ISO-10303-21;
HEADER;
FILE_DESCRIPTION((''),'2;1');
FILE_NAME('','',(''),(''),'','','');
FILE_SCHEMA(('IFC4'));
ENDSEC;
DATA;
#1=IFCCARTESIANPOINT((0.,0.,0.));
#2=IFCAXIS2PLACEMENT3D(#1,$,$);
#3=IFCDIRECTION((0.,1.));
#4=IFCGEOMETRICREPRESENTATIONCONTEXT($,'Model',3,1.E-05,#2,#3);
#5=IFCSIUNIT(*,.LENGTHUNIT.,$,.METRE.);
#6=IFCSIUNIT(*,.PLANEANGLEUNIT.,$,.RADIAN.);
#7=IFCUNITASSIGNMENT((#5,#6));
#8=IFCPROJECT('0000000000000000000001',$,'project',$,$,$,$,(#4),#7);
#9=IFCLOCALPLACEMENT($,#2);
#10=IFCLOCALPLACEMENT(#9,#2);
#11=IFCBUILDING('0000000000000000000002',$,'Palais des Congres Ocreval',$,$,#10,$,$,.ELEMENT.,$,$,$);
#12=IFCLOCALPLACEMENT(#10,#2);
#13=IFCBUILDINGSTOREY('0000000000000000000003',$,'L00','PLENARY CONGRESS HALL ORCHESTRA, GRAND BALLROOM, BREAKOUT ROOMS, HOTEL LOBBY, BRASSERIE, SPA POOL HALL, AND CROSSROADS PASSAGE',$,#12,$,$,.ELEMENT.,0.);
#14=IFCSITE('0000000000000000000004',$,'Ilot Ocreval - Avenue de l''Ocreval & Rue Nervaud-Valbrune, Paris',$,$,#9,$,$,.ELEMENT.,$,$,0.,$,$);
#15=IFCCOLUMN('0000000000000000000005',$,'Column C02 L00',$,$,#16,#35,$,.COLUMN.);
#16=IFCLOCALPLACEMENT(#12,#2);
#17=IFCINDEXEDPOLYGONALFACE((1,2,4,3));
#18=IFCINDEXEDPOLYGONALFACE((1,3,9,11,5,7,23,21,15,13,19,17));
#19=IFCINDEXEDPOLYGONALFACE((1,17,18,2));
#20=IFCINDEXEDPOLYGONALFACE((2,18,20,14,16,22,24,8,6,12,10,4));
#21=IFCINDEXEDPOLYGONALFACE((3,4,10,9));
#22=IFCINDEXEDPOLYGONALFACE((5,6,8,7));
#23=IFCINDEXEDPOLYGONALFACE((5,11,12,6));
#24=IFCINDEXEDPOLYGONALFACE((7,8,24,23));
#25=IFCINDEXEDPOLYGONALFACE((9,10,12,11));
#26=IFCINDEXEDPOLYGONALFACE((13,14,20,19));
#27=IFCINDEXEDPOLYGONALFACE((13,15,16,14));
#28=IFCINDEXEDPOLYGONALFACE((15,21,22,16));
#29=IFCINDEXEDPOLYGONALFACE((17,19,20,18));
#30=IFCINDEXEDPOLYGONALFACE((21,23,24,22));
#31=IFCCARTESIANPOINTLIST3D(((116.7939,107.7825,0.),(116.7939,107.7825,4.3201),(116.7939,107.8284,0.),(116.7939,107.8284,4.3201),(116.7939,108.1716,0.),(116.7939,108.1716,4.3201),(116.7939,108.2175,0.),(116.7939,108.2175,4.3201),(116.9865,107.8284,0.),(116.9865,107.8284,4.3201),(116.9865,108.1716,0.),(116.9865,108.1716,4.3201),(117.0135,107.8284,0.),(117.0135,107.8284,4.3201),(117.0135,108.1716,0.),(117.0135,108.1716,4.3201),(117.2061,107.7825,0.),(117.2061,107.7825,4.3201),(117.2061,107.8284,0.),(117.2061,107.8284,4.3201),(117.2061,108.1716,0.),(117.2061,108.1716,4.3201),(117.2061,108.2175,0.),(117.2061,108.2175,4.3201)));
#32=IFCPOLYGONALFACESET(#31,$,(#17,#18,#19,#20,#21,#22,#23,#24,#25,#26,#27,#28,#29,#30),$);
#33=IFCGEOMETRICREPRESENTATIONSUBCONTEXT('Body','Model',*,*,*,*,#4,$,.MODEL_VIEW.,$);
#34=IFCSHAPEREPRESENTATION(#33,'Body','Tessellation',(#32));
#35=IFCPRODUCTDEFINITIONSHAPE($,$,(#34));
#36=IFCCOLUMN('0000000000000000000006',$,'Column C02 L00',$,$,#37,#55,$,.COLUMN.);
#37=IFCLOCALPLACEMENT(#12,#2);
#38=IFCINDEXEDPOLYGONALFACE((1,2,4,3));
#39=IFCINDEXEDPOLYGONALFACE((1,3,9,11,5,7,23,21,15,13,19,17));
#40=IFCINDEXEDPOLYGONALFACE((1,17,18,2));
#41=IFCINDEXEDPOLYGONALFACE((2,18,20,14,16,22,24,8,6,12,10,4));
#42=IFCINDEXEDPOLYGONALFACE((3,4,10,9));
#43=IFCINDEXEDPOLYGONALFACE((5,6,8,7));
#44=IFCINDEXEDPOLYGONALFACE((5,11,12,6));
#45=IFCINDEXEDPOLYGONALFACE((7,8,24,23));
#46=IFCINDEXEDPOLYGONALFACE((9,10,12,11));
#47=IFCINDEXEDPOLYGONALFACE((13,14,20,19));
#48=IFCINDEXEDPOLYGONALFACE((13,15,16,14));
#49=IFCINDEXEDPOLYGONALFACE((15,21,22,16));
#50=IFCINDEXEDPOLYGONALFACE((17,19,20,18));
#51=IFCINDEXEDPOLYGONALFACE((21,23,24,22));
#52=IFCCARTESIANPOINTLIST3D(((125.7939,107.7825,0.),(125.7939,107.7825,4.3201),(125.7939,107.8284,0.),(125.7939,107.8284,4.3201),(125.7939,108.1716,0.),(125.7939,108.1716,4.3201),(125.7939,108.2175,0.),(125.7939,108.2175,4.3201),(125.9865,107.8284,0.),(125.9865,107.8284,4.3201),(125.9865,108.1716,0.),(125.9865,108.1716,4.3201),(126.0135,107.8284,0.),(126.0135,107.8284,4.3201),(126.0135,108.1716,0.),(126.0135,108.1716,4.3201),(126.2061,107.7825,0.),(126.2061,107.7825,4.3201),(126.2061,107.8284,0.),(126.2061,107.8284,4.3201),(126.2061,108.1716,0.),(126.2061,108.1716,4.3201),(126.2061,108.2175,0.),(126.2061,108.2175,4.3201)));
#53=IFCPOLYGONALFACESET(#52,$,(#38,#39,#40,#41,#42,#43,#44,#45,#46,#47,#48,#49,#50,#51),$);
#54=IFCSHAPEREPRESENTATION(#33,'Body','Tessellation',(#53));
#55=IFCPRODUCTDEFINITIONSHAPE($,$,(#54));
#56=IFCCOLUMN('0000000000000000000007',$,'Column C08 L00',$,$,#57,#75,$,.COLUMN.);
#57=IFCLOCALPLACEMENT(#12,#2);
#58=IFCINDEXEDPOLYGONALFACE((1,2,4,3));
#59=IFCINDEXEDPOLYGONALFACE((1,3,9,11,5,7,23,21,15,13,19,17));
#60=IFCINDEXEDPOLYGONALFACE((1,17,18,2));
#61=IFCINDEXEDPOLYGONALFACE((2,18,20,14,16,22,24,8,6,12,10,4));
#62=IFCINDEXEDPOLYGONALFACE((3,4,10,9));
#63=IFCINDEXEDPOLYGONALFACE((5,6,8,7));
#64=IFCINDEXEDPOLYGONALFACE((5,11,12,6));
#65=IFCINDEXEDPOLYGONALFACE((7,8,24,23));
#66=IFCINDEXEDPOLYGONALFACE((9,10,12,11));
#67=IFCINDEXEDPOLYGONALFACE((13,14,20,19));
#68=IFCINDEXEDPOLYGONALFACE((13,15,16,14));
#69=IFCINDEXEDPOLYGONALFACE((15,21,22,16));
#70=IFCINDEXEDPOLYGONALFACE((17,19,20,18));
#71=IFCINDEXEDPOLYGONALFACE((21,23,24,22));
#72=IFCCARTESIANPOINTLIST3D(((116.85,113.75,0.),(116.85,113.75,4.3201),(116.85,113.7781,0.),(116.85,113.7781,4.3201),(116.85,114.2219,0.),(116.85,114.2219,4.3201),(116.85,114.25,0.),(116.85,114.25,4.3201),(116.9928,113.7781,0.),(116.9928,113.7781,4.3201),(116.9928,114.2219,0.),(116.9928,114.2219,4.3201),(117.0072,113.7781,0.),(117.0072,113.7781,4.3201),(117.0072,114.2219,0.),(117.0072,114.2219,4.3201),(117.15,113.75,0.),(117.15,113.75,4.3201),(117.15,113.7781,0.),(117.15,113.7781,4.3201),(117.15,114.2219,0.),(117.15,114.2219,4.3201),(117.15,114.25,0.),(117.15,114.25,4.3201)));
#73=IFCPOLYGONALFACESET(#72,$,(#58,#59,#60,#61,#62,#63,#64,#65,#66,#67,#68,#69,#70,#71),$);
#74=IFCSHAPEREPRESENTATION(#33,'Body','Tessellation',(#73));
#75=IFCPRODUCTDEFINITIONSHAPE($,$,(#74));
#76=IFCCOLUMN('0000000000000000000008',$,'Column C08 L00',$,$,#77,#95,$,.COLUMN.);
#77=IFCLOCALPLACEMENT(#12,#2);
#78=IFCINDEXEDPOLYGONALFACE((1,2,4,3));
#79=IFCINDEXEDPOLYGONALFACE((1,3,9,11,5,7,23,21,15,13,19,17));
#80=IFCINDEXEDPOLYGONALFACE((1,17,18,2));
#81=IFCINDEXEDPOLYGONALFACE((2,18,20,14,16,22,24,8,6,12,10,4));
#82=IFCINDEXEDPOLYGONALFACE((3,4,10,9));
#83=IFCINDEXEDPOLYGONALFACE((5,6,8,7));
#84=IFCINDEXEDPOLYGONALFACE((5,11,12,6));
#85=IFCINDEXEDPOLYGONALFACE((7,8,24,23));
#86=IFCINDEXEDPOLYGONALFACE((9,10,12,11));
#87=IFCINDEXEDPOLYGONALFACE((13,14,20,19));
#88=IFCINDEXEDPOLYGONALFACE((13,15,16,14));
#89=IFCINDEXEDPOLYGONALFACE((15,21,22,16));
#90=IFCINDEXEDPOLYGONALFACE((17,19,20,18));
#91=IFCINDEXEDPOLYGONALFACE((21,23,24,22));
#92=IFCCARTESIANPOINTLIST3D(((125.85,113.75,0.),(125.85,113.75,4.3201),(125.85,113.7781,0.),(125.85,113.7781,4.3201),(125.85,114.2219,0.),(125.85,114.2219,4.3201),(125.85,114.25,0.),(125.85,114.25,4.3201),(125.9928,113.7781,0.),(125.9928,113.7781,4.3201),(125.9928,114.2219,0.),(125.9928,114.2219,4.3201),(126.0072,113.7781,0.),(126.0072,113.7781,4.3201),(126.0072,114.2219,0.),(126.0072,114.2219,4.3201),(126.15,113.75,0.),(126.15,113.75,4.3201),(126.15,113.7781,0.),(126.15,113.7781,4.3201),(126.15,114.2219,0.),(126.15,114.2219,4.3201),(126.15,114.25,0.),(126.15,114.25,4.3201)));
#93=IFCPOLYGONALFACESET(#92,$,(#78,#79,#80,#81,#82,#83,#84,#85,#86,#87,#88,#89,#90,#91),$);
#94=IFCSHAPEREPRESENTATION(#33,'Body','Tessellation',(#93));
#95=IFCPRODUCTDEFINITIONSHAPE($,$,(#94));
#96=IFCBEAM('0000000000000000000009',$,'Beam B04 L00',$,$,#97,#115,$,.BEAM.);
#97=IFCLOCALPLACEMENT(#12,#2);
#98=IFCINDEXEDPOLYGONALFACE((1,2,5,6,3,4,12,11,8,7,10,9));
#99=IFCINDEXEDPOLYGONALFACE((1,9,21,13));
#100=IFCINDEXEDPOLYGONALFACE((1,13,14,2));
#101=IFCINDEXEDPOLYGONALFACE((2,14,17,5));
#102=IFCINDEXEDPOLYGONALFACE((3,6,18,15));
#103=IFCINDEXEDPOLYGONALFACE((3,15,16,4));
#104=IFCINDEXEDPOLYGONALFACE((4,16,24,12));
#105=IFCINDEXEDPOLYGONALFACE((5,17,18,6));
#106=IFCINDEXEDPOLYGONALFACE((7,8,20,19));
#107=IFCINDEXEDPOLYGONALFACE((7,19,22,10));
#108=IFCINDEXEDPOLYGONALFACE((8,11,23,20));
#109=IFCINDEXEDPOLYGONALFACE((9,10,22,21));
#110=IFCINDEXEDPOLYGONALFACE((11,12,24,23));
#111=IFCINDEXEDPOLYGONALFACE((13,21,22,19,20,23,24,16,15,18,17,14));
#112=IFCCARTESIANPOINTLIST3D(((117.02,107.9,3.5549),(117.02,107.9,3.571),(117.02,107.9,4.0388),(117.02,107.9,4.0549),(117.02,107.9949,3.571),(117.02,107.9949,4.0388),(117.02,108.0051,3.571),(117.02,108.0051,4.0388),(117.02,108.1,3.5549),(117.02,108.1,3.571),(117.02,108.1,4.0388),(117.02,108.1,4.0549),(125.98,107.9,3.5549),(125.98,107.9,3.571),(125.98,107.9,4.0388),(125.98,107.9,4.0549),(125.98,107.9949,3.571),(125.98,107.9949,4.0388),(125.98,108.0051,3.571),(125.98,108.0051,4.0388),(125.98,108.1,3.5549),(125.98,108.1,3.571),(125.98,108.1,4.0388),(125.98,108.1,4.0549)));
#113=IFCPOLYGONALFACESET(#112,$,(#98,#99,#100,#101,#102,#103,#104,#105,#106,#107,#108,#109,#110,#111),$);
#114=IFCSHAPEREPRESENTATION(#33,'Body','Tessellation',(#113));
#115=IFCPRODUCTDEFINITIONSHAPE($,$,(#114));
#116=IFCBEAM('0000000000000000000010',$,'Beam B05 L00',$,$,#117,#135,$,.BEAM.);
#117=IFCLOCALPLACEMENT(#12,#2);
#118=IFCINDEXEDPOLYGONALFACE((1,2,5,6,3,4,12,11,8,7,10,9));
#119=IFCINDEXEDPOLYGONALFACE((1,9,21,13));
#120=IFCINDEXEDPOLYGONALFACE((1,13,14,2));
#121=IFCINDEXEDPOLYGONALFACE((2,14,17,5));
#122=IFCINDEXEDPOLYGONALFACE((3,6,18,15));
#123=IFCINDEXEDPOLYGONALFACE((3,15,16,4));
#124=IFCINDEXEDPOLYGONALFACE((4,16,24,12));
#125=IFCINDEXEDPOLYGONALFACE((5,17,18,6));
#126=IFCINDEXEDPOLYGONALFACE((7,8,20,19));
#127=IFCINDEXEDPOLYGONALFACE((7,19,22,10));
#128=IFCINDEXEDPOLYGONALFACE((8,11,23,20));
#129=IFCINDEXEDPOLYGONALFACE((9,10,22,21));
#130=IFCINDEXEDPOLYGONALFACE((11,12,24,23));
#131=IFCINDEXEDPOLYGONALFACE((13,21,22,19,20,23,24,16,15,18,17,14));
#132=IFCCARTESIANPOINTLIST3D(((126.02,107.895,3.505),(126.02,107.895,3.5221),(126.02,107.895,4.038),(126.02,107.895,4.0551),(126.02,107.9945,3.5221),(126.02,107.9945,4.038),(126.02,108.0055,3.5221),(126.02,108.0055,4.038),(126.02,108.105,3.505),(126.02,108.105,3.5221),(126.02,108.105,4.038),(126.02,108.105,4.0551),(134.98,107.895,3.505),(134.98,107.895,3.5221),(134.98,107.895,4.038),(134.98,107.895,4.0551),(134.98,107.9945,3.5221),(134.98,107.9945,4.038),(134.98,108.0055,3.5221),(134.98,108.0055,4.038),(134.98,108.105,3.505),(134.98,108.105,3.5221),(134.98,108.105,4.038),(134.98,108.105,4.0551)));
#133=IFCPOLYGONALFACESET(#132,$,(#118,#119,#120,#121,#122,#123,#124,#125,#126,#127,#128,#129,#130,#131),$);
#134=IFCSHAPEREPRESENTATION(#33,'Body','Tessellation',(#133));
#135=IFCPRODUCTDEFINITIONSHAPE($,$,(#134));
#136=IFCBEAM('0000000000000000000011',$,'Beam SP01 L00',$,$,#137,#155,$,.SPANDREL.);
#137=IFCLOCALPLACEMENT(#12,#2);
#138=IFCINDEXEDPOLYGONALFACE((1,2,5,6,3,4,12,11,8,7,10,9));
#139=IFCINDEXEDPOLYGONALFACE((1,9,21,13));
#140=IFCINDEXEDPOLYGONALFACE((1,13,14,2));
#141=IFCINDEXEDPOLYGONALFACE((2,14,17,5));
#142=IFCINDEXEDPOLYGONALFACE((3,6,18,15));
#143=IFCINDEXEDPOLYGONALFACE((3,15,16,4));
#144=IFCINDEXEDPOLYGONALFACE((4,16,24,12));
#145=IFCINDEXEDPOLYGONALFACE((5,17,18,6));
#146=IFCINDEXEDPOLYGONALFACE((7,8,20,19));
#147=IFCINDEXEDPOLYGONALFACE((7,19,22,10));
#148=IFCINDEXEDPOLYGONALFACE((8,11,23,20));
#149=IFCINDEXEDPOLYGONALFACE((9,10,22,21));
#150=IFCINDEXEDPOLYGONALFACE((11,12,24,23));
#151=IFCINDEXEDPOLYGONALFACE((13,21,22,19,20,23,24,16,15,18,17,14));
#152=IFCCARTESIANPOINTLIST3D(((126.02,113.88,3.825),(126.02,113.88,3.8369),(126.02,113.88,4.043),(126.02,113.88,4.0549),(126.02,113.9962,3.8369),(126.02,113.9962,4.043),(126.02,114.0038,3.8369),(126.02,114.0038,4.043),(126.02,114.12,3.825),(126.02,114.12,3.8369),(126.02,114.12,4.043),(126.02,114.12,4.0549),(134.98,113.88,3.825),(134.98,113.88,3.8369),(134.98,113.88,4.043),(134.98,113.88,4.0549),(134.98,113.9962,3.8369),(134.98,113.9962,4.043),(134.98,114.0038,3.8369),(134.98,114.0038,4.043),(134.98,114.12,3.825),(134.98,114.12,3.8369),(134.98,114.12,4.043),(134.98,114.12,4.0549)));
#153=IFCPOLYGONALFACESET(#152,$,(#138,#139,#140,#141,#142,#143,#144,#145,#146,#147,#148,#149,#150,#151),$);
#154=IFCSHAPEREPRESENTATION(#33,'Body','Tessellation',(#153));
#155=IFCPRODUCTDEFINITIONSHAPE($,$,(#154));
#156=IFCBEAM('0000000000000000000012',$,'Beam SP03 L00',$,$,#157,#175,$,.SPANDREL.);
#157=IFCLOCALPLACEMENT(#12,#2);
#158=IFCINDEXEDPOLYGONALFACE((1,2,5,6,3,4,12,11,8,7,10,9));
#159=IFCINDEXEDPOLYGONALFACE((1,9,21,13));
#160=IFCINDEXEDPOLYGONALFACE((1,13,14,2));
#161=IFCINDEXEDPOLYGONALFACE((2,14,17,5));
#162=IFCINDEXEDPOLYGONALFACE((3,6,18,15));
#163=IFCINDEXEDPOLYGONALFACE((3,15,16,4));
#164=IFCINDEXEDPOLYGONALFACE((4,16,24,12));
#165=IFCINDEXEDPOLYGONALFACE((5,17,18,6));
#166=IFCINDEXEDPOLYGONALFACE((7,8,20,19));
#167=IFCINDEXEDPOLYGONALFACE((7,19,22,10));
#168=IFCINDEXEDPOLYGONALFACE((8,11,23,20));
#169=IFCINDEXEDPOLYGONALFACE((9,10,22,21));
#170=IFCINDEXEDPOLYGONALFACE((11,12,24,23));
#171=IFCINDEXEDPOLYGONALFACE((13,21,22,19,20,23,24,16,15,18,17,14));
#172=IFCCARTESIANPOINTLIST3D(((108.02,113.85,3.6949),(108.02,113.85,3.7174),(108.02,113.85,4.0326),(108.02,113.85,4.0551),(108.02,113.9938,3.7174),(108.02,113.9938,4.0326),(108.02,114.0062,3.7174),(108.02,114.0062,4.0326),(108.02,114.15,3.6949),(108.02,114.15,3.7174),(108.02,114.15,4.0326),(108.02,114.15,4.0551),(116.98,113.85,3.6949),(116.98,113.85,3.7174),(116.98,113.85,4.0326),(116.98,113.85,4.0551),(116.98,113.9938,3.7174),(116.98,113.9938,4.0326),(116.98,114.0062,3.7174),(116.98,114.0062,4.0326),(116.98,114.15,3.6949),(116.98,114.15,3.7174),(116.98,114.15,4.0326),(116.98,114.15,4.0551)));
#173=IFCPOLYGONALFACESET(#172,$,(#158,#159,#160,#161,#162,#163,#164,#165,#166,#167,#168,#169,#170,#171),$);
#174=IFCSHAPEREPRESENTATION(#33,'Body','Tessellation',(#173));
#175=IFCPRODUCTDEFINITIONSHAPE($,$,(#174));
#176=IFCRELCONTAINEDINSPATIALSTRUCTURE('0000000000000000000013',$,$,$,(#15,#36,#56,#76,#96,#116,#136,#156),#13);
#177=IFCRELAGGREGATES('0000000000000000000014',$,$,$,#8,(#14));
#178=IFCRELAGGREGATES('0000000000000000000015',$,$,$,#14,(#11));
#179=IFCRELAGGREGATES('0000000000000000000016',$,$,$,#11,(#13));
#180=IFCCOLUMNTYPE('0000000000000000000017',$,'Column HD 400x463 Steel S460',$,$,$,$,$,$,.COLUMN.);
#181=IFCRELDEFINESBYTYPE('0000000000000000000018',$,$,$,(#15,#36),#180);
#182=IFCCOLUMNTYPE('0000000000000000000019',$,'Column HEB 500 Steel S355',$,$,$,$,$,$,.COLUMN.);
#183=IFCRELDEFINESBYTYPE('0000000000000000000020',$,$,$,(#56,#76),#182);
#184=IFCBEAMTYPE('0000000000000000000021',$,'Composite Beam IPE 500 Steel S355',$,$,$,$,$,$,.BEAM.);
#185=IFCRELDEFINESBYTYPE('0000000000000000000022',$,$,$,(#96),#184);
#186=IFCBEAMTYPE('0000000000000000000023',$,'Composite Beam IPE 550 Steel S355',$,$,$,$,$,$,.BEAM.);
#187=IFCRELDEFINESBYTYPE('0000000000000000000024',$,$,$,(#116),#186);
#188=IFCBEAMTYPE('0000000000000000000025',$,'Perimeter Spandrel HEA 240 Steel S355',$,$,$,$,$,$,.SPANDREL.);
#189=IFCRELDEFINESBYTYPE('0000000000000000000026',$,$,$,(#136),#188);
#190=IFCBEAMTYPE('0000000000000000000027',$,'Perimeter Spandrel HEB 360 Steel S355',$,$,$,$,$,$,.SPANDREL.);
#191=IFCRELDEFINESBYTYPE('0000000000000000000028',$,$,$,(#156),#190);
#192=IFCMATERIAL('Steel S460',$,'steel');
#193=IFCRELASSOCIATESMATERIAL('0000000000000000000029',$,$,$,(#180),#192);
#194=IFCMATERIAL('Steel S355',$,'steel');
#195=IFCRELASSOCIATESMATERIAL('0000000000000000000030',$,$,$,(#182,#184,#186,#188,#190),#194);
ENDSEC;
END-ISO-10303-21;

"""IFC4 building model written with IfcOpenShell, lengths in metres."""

from ifc_helpers import new_model, si_unit, direction, frame, origin, origin_2d, place, context, subcontext, project, spatial, i_section, extrude, material, material_profile, profile_set, type_object, element, save


model = new_model("IFC4")

# Units and contexts
model_context = context("Model", 3, precision=1e-05, world=origin(), true_north=direction((0.0, 1.0)))
body_context = subcontext(model_context, "Body", "Model", "MODEL_VIEW")
ifc_project = project(units=[si_unit("LENGTHUNIT", "METRE"), si_unit("PLANEANGLEUNIT", "RADIAN")], contexts=[model_context])

# Site, building, storey
site_placement = place(None, origin())
site = spatial("IfcSite", under=ifc_project, at=site_placement, Name="Ilot Ocreval - Avenue de l'Ocreval & Rue Nervaud-Valbrune, Paris", CompositionType="ELEMENT", RefElevation=0.0)
building_placement = place(site_placement, origin())
building = spatial("IfcBuilding", under=site, at=building_placement, Name="Palais des Congres Ocreval", CompositionType="ELEMENT")
storey_placement = place(building_placement, origin())
storey = spatial("IfcBuildingStorey", under=building, at=storey_placement, Name="L00", Description="PLENARY CONGRESS HALL ORCHESTRA, GRAND BALLROOM, BREAKOUT ROOMS, HOTEL LOBBY, BRASSERIE, SPA POOL HALL, AND CROSSROADS PASSAGE", CompositionType="ELEMENT", Elevation=0.0)

# Columns
ifc_material_1 = material(Name="Steel S460", Category="steel")
ifc_material_profile_1 = material_profile(ifc_material_1, i_section(OverallWidth=0.4121, OverallDepth=0.4351, WebThickness=0.0271, FlangeThickness=0.0459, at=origin_2d()), Name="HD 400x463")
ifc_profile_set_1 = profile_set([ifc_material_profile_1], Name="Steel S460")
column_type_1 = type_object("IfcColumnType", Name="Column HD 400x463 Steel S460", PredefinedType="COLUMN", material=ifc_profile_set_1)
for number, where, z_axis, x_axis, name in (
    (1, (117.0, 108.0, 0.0), (0.0, 0.0, 1.0), (1.0, 0.0, 0.0), "Column C02 L00"),
    (2, (126.0, 108.0, 0.0), (0.0, 0.0, 1.0), (1.0, 0.0, 0.0), "Column C02 L00"),
):
    element("IfcColumn", number, at=place(storey_placement, frame(where, z_axis=z_axis, x_axis=x_axis)), inside=storey, type_object=column_type_1, Name=name, PredefinedType="COLUMN", context=body_context, shape_type="SweptSolid", body=[
        extrude(i_section(OverallWidth=0.4121, OverallDepth=0.4351, WebThickness=0.0271, FlangeThickness=0.0459, at=origin_2d()), origin(), (0.0, 0.0, 1.0), 4.3201),
    ])
ifc_material_2 = material(Name="Steel S355", Category="steel")
ifc_material_profile_2 = material_profile(ifc_material_2, i_section(OverallWidth=0.3, OverallDepth=0.5, WebThickness=0.0144, FlangeThickness=0.0281, at=origin_2d()), Name="HEB 500")
ifc_profile_set_2 = profile_set([ifc_material_profile_2], Name="Steel S355")
column_type_2 = type_object("IfcColumnType", Name="Column HEB 500 Steel S355", PredefinedType="COLUMN", material=ifc_profile_set_2)
for number, where, z_axis, x_axis, name in (
    (3, (117.0, 114.0, 0.0), (0.0, 0.0, 1.0), (1.0, 0.0, 0.0), "Column C08 L00"),
    (4, (126.0, 114.0, 0.0), (0.0, 0.0, 1.0), (1.0, 0.0, 0.0), "Column C08 L00"),
):
    element("IfcColumn", number, at=place(storey_placement, frame(where, z_axis=z_axis, x_axis=x_axis)), inside=storey, type_object=column_type_2, Name=name, PredefinedType="COLUMN", context=body_context, shape_type="SweptSolid", body=[
        extrude(i_section(OverallWidth=0.3, OverallDepth=0.5, WebThickness=0.0144, FlangeThickness=0.0281, at=origin_2d()), origin(), (0.0, 0.0, 1.0), 4.3201),
    ])

# Beams
ifc_material_profile_3 = material_profile(ifc_material_2, i_section(OverallWidth=0.2, OverallDepth=0.5, WebThickness=0.0103, FlangeThickness=0.0161, at=origin_2d()), Name="IPE 500")
ifc_profile_set_3 = profile_set([ifc_material_profile_3], Name="Steel S355")
beam_type_1 = type_object("IfcBeamType", Name="Composite Beam IPE 500 Steel S355", PredefinedType="BEAM", material=ifc_profile_set_3)
beam_1_placement = place(storey_placement, frame((117.02, 108.0, 3.8049), z_axis=(1.0, 0.0, 0.0), x_axis=(0.0, 1.0, 0.0)))
element("IfcBeam", 5, at=beam_1_placement, inside=storey, type_object=beam_type_1, Name="Beam B04 L00", PredefinedType="BEAM", context=body_context, shape_type="SweptSolid", body=[
    extrude(i_section(OverallWidth=0.2, OverallDepth=0.5, WebThickness=0.0103, FlangeThickness=0.0161, at=origin_2d()), origin(), (0.0, 0.0, 1.0), 8.96),
])
ifc_material_profile_4 = material_profile(ifc_material_2, i_section(OverallWidth=0.21, OverallDepth=0.55, WebThickness=0.011, FlangeThickness=0.0171, at=origin_2d()), Name="IPE 550")
ifc_profile_set_4 = profile_set([ifc_material_profile_4], Name="Steel S355")
beam_type_2 = type_object("IfcBeamType", Name="Composite Beam IPE 550 Steel S355", PredefinedType="BEAM", material=ifc_profile_set_4)
beam_2_placement = place(storey_placement, frame((126.02, 108.0, 3.78), z_axis=(1.0, 0.0, 0.0), x_axis=(0.0, 1.0, 0.0)))
element("IfcBeam", 6, at=beam_2_placement, inside=storey, type_object=beam_type_2, Name="Beam B05 L00", PredefinedType="BEAM", context=body_context, shape_type="SweptSolid", body=[
    extrude(i_section(OverallWidth=0.21, OverallDepth=0.55, WebThickness=0.011, FlangeThickness=0.0171, at=origin_2d()), origin(), (0.0, 0.0, 1.0), 8.96),
])
ifc_material_profile_5 = material_profile(ifc_material_2, i_section(OverallWidth=0.24, OverallDepth=0.23, WebThickness=0.0076, FlangeThickness=0.012, at=origin_2d()), Name="HEA 240")
ifc_profile_set_5 = profile_set([ifc_material_profile_5], Name="Steel S355")
beam_type_3 = type_object("IfcBeamType", Name="Perimeter Spandrel HEA 240 Steel S355", PredefinedType="SPANDREL", material=ifc_profile_set_5)
beam_3_placement = place(storey_placement, frame((126.02, 114.0, 3.9399), z_axis=(1.0, 0.0, 0.0), x_axis=(0.0, 1.0, 0.0)))
element("IfcBeam", 7, at=beam_3_placement, inside=storey, type_object=beam_type_3, Name="Beam SP01 L00", PredefinedType="SPANDREL", context=body_context, shape_type="SweptSolid", body=[
    extrude(i_section(OverallWidth=0.24, OverallDepth=0.23, WebThickness=0.0076, FlangeThickness=0.012, at=origin_2d()), origin(), (0.0, 0.0, 1.0), 8.96),
])
ifc_material_profile_6 = material_profile(ifc_material_2, i_section(OverallWidth=0.3, OverallDepth=0.3601, WebThickness=0.0125, FlangeThickness=0.0225, at=origin_2d()), Name="HEB 360")
ifc_profile_set_6 = profile_set([ifc_material_profile_6], Name="Steel S355")
beam_type_4 = type_object("IfcBeamType", Name="Perimeter Spandrel HEB 360 Steel S355", PredefinedType="SPANDREL", material=ifc_profile_set_6)
beam_4_placement = place(storey_placement, frame((108.02, 114.0, 3.875), z_axis=(1.0, 0.0, 0.0), x_axis=(0.0, 1.0, 0.0)))
element("IfcBeam", 8, at=beam_4_placement, inside=storey, type_object=beam_type_4, Name="Beam SP03 L00", PredefinedType="SPANDREL", context=body_context, shape_type="SweptSolid", body=[
    extrude(i_section(OverallWidth=0.3, OverallDepth=0.3601, WebThickness=0.0125, FlangeThickness=0.0225, at=origin_2d()), origin(), (0.0, 0.0, 1.0), 8.96),
])

save(model, "model.ifc")
